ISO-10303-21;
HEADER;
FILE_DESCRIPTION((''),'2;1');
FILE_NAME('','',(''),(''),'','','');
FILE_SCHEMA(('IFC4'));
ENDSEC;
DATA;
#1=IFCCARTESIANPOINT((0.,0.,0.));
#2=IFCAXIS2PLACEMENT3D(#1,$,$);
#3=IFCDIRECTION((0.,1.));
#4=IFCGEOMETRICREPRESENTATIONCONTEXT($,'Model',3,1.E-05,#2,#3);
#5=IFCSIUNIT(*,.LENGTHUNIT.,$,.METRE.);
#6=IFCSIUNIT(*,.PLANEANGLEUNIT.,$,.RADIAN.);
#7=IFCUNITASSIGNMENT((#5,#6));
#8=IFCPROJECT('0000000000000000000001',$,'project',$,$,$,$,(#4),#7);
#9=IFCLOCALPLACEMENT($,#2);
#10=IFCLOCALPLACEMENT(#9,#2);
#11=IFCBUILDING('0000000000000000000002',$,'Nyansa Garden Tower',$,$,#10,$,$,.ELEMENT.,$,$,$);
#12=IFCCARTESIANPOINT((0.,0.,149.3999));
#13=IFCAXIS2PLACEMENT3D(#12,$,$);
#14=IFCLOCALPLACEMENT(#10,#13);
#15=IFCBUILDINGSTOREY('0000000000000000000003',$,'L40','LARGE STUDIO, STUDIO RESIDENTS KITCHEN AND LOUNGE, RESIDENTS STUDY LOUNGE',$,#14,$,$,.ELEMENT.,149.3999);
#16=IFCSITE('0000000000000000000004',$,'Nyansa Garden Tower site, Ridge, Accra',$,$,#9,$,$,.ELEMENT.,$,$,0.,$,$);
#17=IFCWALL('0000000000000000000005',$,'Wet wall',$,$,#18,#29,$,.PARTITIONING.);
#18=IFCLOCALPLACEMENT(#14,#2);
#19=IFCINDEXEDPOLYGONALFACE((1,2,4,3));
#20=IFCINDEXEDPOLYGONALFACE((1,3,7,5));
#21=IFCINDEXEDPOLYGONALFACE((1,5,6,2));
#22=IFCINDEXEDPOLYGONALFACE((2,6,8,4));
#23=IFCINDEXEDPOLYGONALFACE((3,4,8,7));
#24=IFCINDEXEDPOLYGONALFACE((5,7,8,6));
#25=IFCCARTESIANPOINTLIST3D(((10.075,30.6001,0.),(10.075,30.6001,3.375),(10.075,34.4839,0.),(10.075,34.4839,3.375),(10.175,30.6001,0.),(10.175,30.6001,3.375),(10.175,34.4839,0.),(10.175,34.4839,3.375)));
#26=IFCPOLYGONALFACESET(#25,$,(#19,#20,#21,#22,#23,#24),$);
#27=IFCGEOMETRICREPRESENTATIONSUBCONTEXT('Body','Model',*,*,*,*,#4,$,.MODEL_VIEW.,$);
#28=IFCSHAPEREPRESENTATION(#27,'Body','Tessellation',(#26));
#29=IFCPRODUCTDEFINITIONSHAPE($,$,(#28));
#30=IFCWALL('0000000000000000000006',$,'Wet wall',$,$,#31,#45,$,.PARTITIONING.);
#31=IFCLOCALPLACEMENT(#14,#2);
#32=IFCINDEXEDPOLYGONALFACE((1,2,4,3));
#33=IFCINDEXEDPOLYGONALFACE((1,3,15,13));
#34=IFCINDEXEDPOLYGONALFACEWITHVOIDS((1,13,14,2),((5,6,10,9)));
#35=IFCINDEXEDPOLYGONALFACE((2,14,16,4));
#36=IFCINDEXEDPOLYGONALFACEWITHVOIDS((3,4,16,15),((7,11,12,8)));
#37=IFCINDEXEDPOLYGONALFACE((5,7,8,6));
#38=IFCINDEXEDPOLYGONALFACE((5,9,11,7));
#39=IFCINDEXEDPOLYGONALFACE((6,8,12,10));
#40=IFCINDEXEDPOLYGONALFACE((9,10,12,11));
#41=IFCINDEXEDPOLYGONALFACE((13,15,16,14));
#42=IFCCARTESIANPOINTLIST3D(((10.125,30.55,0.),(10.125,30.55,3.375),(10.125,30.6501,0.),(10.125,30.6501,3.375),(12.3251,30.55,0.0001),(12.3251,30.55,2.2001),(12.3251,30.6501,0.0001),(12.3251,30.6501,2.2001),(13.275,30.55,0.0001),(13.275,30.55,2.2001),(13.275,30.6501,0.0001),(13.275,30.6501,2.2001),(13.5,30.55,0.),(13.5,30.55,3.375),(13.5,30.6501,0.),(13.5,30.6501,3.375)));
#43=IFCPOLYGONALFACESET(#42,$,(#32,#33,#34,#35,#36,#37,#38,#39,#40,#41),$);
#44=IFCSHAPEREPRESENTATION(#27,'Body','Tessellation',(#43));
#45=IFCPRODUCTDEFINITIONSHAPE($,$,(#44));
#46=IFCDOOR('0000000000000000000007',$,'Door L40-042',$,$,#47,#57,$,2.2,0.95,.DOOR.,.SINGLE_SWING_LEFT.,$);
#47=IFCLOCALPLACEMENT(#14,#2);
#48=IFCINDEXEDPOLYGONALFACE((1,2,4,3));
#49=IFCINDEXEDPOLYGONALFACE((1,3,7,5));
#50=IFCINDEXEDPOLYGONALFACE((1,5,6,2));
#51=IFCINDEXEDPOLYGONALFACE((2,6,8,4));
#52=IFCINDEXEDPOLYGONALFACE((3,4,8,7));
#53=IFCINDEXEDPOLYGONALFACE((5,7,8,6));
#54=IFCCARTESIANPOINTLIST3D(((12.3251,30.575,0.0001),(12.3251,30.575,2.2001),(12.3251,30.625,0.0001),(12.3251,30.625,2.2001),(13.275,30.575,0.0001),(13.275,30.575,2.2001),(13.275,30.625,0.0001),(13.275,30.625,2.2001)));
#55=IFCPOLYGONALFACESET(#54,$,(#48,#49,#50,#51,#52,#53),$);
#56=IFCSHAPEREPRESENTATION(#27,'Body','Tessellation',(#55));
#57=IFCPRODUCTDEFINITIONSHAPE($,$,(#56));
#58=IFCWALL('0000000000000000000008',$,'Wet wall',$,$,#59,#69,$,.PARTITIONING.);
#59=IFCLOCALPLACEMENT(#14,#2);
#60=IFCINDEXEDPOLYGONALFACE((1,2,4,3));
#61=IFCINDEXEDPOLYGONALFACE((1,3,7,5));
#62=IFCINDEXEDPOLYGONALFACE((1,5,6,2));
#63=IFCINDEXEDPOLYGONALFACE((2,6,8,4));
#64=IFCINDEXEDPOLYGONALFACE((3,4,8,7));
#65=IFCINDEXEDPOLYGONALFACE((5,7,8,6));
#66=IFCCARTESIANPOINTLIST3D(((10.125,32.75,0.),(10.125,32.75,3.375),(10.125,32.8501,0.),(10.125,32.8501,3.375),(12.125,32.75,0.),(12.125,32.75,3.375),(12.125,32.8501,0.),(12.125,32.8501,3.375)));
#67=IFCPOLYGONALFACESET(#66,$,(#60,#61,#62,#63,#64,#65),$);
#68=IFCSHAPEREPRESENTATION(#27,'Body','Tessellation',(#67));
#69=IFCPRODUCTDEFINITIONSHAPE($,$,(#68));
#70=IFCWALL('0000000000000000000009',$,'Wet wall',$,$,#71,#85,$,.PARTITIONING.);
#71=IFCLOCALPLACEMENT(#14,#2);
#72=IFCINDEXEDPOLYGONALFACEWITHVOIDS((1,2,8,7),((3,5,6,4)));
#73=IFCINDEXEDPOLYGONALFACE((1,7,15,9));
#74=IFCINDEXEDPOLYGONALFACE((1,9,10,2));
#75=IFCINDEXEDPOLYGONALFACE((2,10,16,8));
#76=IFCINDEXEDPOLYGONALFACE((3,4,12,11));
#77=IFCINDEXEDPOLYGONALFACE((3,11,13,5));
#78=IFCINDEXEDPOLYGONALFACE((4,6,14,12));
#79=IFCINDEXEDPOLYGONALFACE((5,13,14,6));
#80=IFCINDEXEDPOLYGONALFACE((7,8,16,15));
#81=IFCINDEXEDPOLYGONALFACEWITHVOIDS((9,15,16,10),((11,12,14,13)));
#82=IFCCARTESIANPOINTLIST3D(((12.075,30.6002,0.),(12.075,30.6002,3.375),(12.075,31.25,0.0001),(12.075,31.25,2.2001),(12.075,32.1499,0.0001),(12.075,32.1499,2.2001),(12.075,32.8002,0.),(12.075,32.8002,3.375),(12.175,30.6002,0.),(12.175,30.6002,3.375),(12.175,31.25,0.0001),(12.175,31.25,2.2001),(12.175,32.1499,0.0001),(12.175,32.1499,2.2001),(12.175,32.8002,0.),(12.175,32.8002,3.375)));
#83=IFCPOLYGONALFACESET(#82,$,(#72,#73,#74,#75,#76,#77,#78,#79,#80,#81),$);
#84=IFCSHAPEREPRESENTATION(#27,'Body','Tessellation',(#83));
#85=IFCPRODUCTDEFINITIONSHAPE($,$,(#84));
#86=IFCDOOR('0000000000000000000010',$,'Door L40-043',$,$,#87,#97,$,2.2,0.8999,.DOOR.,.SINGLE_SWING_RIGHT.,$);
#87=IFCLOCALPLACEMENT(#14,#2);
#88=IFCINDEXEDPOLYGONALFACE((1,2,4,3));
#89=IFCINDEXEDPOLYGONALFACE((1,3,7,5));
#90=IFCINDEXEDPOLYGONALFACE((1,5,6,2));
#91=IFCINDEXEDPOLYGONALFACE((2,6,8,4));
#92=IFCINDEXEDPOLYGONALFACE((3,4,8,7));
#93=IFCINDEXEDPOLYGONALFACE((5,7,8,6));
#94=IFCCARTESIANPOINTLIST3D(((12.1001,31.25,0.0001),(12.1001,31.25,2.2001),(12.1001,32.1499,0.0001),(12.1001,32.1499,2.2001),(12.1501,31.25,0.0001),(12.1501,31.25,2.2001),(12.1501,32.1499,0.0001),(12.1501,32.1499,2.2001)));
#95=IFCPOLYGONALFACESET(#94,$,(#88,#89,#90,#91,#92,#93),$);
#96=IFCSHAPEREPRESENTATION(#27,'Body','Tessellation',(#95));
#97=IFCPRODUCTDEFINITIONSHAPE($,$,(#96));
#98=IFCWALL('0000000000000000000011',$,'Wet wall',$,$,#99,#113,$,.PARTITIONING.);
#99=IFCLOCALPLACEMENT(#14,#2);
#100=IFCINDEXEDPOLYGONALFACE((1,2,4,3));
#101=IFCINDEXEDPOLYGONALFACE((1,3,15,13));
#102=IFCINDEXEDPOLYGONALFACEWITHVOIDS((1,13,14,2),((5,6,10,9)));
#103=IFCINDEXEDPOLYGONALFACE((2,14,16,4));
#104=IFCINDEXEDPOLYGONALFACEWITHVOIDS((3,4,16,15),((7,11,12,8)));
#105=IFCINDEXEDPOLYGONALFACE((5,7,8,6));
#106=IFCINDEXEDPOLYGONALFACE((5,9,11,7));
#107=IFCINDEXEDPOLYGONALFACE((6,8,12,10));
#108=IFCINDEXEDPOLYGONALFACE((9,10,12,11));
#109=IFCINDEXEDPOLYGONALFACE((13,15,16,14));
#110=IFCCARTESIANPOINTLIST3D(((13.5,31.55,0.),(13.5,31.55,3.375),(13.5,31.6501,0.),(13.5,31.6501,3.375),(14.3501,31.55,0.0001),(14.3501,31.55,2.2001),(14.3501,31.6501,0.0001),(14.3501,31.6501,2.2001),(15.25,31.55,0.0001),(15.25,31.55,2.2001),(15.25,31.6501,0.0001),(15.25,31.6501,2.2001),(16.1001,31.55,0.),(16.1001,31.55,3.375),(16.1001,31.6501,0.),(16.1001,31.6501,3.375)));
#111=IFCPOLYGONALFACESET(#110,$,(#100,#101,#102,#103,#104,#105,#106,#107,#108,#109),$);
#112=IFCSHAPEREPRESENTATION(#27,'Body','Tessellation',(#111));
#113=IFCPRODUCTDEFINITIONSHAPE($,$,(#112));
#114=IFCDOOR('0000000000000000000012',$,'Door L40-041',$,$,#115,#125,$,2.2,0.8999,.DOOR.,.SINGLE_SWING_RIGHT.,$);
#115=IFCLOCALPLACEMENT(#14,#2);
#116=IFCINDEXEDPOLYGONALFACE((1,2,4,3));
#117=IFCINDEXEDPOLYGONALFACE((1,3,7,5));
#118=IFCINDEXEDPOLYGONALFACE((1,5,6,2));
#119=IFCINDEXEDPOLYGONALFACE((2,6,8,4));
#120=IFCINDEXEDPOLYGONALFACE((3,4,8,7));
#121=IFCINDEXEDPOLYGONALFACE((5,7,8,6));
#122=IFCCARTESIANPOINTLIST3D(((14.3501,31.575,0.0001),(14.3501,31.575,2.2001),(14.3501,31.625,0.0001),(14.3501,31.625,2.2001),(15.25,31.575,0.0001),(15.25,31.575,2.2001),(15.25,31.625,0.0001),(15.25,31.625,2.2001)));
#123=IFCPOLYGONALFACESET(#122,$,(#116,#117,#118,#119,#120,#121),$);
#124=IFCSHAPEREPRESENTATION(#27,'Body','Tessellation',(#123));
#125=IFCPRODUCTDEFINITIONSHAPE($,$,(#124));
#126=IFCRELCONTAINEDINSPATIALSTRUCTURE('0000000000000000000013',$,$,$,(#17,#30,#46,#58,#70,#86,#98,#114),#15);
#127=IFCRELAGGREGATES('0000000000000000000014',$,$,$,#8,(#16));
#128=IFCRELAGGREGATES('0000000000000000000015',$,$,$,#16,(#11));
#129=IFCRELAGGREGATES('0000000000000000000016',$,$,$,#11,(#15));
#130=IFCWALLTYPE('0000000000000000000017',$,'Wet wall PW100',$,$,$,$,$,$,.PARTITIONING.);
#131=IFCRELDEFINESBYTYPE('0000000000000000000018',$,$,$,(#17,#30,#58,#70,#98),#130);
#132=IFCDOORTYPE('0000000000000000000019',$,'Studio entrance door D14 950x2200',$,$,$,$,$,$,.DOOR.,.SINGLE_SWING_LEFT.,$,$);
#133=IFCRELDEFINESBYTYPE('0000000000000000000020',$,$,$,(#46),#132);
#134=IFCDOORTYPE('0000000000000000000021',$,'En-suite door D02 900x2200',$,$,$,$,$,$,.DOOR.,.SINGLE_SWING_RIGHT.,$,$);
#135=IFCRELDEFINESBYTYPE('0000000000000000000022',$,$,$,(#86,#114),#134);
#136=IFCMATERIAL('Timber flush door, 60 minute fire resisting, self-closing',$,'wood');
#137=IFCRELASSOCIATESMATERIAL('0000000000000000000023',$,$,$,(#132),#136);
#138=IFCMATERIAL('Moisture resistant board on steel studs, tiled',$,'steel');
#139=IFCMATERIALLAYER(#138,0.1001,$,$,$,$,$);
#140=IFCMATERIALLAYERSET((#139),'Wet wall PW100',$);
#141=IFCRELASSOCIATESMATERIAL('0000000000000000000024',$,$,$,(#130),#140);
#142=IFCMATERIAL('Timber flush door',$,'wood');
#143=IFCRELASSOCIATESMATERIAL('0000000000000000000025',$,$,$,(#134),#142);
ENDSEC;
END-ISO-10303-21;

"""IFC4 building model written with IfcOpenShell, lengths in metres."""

from ifc_helpers import new_model, si_unit, direction, frame, frame_2d, origin, place, context, subcontext, project, spatial, rectangle, extrude, material, layer, layer_set, type_object, element, fill, save


model = new_model("IFC4")

# Units and contexts
model_context = context("Model", 3, precision=1e-05, world=origin(), true_north=direction((0.0, 1.0)))
body_context = subcontext(model_context, "Body", "Model", "MODEL_VIEW")
ifc_project = project(units=[si_unit("LENGTHUNIT", "METRE"), si_unit("PLANEANGLEUNIT", "RADIAN")], contexts=[model_context])

# Site, building, storey
site_placement = place(None, origin())
site = spatial("IfcSite", under=ifc_project, at=site_placement, Name="Nyansa Garden Tower site, Ridge, Accra", CompositionType="ELEMENT", RefElevation=0.0)
building_placement = place(site_placement, origin())
building = spatial("IfcBuilding", under=site, at=building_placement, Name="Nyansa Garden Tower", CompositionType="ELEMENT")
storey_placement = place(building_placement, frame((0.0, 0.0, 149.3999)))
storey = spatial("IfcBuildingStorey", under=building, at=storey_placement, Name="L40", Description="LARGE STUDIO, STUDIO RESIDENTS KITCHEN AND LOUNGE, RESIDENTS STUDY LOUNGE", CompositionType="ELEMENT", Elevation=149.3999)

# Shared definitions
ifc_material_1 = material(Name="Timber flush door, 60 minute fire resisting, self-closing", Category="wood")
door_type_1 = type_object("IfcDoorType", Name="Studio entrance door D14 950x2200", OperationType="SINGLE_SWING_LEFT", PredefinedType="DOOR", material=ifc_material_1)

# Wall
ifc_material_2 = material(Name="Moisture resistant board on steel studs, tiled", Category="steel")
ifc_layer_1 = layer(ifc_material_2, 0.1001)
ifc_layer_set_1 = layer_set([ifc_layer_1], Name="Wet wall PW100")
wall_type_1 = type_object("IfcWallType", Name="Wet wall PW100", PredefinedType="PARTITIONING", material=ifc_layer_set_1)
wall_1_placement = place(storey_placement, frame((10.125, 30.6001, 0.0), z_axis=(0.0, 0.0, 1.0), x_axis=(0.0, 1.0, 0.0)))
element("IfcWall", 1, at=wall_1_placement, inside=storey, type_object=wall_type_1, Name="Wet wall", PredefinedType="PARTITIONING", context=body_context, shape_type="SweptSolid", body=[
    extrude(rectangle(XDim=3.8838, YDim=0.1001, at=frame_2d((1.9419, 0.0))), origin(), (0.0, 0.0, 1.0), 3.375),
])

# Wall, opening, door
wall_2_placement = place(storey_placement, frame((10.125, 30.6001, 0.0), z_axis=(0.0, 0.0, 1.0), x_axis=(1.0, 0.0, 0.0)))
wall_2 = element("IfcWall", 2, at=wall_2_placement, inside=storey, type_object=wall_type_1, Name="Wet wall", PredefinedType="PARTITIONING", context=body_context, shape_type="SweptSolid", body=[
    extrude(rectangle(XDim=3.375, YDim=0.1001, at=frame_2d((1.6875, 0.0))), origin(), (0.0, 0.0, 1.0), 3.375),
])
opening_1_placement = place(wall_2_placement, frame((2.2, 0.0, 0.0)))
opening_1 = element("IfcOpeningElement", 3, at=opening_1_placement, cuts=wall_2, PredefinedType="OPENING", context=body_context, shape_type="SweptSolid", body=[
    extrude(rectangle(XDim=0.95, YDim=2.2, at=frame_2d((0.4751, 1.1001))), frame((0.0, 0.0601, 0.0), z_axis=(0.0, -1.0, 0.0), x_axis=(1.0, 0.0, 0.0)), (0.0, 0.0, 1.0), 0.1201),
])
door_1_placement = place(opening_1_placement, origin())
door_1 = element("IfcDoor", 4, at=door_1_placement, inside=storey, type_object=door_type_1, Name="Door L40-042", OperationType="SINGLE_SWING_LEFT", OverallHeight=2.2, OverallWidth=0.95, PredefinedType="DOOR", context=body_context, shape_type="SweptSolid", body=[
    extrude(rectangle(XDim=0.95, YDim=2.2, at=frame_2d((0.4751, 1.1001))), frame((0.0, 0.0249, 0.0), z_axis=(0.0, -1.0, 0.0), x_axis=(1.0, 0.0, 0.0)), (0.0, 0.0, 1.0), 0.05),
])
fill(opening_1, door_1)

# Wall
wall_3_placement = place(storey_placement, frame((10.125, 32.8, 0.0), z_axis=(0.0, 0.0, 1.0), x_axis=(1.0, 0.0, 0.0)))
element("IfcWall", 5, at=wall_3_placement, inside=storey, type_object=wall_type_1, Name="Wet wall", PredefinedType="PARTITIONING", context=body_context, shape_type="SweptSolid", body=[
    extrude(rectangle(XDim=2.0, YDim=0.1001, at=frame_2d((1.0, 0.0))), origin(), (0.0, 0.0, 1.0), 3.375),
])

# Walls, openings, doors
wall_4_placement = place(storey_placement, frame((12.125, 30.6001, 0.0), z_axis=(0.0, 0.0, 1.0), x_axis=(0.0, 1.0, 0.0)))
wall_4 = element("IfcWall", 6, at=wall_4_placement, inside=storey, type_object=wall_type_1, Name="Wet wall", PredefinedType="PARTITIONING", context=body_context, shape_type="SweptSolid", body=[
    extrude(rectangle(XDim=2.2, YDim=0.1001, at=frame_2d((1.1001, 0.0))), origin(), (0.0, 0.0, 1.0), 3.375),
])
opening_2_placement = place(wall_4_placement, frame((0.6499, 0.0, 0.0)))
opening_2 = element("IfcOpeningElement", 7, at=opening_2_placement, cuts=wall_4, PredefinedType="OPENING", context=body_context, shape_type="SweptSolid", body=[
    extrude(rectangle(XDim=0.8999, YDim=2.2, at=frame_2d((0.45, 1.1001))), frame((0.0, 0.0601, 0.0), z_axis=(0.0, -1.0, 0.0), x_axis=(1.0, 0.0, 0.0)), (0.0, 0.0, 1.0), 0.1201),
])
ifc_material_3 = material(Name="Timber flush door", Category="wood")
door_type_2 = type_object("IfcDoorType", Name="En-suite door D02 900x2200", OperationType="SINGLE_SWING_RIGHT", PredefinedType="DOOR", material=ifc_material_3)
door_2_placement = place(opening_2_placement, origin())
door_2 = element("IfcDoor", 8, at=door_2_placement, inside=storey, type_object=door_type_2, Name="Door L40-043", OperationType="SINGLE_SWING_RIGHT", OverallHeight=2.2, OverallWidth=0.8999, PredefinedType="DOOR", context=body_context, shape_type="SweptSolid", body=[
    extrude(rectangle(XDim=0.8999, YDim=2.2, at=frame_2d((0.45, 1.1001))), frame((0.0, 0.0249, 0.0), z_axis=(0.0, -1.0, 0.0), x_axis=(1.0, 0.0, 0.0)), (0.0, 0.0, 1.0), 0.05),
])
fill(opening_2, door_2)
wall_5_placement = place(storey_placement, frame((13.5, 31.6001, 0.0), z_axis=(0.0, 0.0, 1.0), x_axis=(1.0, 0.0, 0.0)))
wall_5 = element("IfcWall", 9, at=wall_5_placement, inside=storey, type_object=wall_type_1, Name="Wet wall", PredefinedType="PARTITIONING", context=body_context, shape_type="SweptSolid", body=[
    extrude(rectangle(XDim=2.6001, YDim=0.1001, at=frame_2d((1.3, 0.0))), origin(), (0.0, 0.0, 1.0), 3.375),
])
opening_3_placement = place(wall_5_placement, frame((0.8501, 0.0, 0.0)))
opening_3 = element("IfcOpeningElement", 10, at=opening_3_placement, cuts=wall_5, PredefinedType="OPENING", context=body_context, shape_type="SweptSolid", body=[
    extrude(rectangle(XDim=0.8999, YDim=2.2, at=frame_2d((0.45, 1.1001))), frame((0.0, 0.0601, 0.0), z_axis=(0.0, -1.0, 0.0), x_axis=(1.0, 0.0, 0.0)), (0.0, 0.0, 1.0), 0.1201),
])
door_3_placement = place(opening_3_placement, origin())
door_3 = element("IfcDoor", 11, at=door_3_placement, inside=storey, type_object=door_type_2, Name="Door L40-041", OperationType="SINGLE_SWING_RIGHT", OverallHeight=2.2, OverallWidth=0.8999, PredefinedType="DOOR", context=body_context, shape_type="SweptSolid", body=[
    extrude(rectangle(XDim=0.8999, YDim=2.2, at=frame_2d((0.45, 1.1001))), frame((0.0, 0.0249, 0.0), z_axis=(0.0, -1.0, 0.0), x_axis=(1.0, 0.0, 0.0)), (0.0, 0.0, 1.0), 0.05),
])
fill(opening_3, door_3)

save(model, "model.ifc")
